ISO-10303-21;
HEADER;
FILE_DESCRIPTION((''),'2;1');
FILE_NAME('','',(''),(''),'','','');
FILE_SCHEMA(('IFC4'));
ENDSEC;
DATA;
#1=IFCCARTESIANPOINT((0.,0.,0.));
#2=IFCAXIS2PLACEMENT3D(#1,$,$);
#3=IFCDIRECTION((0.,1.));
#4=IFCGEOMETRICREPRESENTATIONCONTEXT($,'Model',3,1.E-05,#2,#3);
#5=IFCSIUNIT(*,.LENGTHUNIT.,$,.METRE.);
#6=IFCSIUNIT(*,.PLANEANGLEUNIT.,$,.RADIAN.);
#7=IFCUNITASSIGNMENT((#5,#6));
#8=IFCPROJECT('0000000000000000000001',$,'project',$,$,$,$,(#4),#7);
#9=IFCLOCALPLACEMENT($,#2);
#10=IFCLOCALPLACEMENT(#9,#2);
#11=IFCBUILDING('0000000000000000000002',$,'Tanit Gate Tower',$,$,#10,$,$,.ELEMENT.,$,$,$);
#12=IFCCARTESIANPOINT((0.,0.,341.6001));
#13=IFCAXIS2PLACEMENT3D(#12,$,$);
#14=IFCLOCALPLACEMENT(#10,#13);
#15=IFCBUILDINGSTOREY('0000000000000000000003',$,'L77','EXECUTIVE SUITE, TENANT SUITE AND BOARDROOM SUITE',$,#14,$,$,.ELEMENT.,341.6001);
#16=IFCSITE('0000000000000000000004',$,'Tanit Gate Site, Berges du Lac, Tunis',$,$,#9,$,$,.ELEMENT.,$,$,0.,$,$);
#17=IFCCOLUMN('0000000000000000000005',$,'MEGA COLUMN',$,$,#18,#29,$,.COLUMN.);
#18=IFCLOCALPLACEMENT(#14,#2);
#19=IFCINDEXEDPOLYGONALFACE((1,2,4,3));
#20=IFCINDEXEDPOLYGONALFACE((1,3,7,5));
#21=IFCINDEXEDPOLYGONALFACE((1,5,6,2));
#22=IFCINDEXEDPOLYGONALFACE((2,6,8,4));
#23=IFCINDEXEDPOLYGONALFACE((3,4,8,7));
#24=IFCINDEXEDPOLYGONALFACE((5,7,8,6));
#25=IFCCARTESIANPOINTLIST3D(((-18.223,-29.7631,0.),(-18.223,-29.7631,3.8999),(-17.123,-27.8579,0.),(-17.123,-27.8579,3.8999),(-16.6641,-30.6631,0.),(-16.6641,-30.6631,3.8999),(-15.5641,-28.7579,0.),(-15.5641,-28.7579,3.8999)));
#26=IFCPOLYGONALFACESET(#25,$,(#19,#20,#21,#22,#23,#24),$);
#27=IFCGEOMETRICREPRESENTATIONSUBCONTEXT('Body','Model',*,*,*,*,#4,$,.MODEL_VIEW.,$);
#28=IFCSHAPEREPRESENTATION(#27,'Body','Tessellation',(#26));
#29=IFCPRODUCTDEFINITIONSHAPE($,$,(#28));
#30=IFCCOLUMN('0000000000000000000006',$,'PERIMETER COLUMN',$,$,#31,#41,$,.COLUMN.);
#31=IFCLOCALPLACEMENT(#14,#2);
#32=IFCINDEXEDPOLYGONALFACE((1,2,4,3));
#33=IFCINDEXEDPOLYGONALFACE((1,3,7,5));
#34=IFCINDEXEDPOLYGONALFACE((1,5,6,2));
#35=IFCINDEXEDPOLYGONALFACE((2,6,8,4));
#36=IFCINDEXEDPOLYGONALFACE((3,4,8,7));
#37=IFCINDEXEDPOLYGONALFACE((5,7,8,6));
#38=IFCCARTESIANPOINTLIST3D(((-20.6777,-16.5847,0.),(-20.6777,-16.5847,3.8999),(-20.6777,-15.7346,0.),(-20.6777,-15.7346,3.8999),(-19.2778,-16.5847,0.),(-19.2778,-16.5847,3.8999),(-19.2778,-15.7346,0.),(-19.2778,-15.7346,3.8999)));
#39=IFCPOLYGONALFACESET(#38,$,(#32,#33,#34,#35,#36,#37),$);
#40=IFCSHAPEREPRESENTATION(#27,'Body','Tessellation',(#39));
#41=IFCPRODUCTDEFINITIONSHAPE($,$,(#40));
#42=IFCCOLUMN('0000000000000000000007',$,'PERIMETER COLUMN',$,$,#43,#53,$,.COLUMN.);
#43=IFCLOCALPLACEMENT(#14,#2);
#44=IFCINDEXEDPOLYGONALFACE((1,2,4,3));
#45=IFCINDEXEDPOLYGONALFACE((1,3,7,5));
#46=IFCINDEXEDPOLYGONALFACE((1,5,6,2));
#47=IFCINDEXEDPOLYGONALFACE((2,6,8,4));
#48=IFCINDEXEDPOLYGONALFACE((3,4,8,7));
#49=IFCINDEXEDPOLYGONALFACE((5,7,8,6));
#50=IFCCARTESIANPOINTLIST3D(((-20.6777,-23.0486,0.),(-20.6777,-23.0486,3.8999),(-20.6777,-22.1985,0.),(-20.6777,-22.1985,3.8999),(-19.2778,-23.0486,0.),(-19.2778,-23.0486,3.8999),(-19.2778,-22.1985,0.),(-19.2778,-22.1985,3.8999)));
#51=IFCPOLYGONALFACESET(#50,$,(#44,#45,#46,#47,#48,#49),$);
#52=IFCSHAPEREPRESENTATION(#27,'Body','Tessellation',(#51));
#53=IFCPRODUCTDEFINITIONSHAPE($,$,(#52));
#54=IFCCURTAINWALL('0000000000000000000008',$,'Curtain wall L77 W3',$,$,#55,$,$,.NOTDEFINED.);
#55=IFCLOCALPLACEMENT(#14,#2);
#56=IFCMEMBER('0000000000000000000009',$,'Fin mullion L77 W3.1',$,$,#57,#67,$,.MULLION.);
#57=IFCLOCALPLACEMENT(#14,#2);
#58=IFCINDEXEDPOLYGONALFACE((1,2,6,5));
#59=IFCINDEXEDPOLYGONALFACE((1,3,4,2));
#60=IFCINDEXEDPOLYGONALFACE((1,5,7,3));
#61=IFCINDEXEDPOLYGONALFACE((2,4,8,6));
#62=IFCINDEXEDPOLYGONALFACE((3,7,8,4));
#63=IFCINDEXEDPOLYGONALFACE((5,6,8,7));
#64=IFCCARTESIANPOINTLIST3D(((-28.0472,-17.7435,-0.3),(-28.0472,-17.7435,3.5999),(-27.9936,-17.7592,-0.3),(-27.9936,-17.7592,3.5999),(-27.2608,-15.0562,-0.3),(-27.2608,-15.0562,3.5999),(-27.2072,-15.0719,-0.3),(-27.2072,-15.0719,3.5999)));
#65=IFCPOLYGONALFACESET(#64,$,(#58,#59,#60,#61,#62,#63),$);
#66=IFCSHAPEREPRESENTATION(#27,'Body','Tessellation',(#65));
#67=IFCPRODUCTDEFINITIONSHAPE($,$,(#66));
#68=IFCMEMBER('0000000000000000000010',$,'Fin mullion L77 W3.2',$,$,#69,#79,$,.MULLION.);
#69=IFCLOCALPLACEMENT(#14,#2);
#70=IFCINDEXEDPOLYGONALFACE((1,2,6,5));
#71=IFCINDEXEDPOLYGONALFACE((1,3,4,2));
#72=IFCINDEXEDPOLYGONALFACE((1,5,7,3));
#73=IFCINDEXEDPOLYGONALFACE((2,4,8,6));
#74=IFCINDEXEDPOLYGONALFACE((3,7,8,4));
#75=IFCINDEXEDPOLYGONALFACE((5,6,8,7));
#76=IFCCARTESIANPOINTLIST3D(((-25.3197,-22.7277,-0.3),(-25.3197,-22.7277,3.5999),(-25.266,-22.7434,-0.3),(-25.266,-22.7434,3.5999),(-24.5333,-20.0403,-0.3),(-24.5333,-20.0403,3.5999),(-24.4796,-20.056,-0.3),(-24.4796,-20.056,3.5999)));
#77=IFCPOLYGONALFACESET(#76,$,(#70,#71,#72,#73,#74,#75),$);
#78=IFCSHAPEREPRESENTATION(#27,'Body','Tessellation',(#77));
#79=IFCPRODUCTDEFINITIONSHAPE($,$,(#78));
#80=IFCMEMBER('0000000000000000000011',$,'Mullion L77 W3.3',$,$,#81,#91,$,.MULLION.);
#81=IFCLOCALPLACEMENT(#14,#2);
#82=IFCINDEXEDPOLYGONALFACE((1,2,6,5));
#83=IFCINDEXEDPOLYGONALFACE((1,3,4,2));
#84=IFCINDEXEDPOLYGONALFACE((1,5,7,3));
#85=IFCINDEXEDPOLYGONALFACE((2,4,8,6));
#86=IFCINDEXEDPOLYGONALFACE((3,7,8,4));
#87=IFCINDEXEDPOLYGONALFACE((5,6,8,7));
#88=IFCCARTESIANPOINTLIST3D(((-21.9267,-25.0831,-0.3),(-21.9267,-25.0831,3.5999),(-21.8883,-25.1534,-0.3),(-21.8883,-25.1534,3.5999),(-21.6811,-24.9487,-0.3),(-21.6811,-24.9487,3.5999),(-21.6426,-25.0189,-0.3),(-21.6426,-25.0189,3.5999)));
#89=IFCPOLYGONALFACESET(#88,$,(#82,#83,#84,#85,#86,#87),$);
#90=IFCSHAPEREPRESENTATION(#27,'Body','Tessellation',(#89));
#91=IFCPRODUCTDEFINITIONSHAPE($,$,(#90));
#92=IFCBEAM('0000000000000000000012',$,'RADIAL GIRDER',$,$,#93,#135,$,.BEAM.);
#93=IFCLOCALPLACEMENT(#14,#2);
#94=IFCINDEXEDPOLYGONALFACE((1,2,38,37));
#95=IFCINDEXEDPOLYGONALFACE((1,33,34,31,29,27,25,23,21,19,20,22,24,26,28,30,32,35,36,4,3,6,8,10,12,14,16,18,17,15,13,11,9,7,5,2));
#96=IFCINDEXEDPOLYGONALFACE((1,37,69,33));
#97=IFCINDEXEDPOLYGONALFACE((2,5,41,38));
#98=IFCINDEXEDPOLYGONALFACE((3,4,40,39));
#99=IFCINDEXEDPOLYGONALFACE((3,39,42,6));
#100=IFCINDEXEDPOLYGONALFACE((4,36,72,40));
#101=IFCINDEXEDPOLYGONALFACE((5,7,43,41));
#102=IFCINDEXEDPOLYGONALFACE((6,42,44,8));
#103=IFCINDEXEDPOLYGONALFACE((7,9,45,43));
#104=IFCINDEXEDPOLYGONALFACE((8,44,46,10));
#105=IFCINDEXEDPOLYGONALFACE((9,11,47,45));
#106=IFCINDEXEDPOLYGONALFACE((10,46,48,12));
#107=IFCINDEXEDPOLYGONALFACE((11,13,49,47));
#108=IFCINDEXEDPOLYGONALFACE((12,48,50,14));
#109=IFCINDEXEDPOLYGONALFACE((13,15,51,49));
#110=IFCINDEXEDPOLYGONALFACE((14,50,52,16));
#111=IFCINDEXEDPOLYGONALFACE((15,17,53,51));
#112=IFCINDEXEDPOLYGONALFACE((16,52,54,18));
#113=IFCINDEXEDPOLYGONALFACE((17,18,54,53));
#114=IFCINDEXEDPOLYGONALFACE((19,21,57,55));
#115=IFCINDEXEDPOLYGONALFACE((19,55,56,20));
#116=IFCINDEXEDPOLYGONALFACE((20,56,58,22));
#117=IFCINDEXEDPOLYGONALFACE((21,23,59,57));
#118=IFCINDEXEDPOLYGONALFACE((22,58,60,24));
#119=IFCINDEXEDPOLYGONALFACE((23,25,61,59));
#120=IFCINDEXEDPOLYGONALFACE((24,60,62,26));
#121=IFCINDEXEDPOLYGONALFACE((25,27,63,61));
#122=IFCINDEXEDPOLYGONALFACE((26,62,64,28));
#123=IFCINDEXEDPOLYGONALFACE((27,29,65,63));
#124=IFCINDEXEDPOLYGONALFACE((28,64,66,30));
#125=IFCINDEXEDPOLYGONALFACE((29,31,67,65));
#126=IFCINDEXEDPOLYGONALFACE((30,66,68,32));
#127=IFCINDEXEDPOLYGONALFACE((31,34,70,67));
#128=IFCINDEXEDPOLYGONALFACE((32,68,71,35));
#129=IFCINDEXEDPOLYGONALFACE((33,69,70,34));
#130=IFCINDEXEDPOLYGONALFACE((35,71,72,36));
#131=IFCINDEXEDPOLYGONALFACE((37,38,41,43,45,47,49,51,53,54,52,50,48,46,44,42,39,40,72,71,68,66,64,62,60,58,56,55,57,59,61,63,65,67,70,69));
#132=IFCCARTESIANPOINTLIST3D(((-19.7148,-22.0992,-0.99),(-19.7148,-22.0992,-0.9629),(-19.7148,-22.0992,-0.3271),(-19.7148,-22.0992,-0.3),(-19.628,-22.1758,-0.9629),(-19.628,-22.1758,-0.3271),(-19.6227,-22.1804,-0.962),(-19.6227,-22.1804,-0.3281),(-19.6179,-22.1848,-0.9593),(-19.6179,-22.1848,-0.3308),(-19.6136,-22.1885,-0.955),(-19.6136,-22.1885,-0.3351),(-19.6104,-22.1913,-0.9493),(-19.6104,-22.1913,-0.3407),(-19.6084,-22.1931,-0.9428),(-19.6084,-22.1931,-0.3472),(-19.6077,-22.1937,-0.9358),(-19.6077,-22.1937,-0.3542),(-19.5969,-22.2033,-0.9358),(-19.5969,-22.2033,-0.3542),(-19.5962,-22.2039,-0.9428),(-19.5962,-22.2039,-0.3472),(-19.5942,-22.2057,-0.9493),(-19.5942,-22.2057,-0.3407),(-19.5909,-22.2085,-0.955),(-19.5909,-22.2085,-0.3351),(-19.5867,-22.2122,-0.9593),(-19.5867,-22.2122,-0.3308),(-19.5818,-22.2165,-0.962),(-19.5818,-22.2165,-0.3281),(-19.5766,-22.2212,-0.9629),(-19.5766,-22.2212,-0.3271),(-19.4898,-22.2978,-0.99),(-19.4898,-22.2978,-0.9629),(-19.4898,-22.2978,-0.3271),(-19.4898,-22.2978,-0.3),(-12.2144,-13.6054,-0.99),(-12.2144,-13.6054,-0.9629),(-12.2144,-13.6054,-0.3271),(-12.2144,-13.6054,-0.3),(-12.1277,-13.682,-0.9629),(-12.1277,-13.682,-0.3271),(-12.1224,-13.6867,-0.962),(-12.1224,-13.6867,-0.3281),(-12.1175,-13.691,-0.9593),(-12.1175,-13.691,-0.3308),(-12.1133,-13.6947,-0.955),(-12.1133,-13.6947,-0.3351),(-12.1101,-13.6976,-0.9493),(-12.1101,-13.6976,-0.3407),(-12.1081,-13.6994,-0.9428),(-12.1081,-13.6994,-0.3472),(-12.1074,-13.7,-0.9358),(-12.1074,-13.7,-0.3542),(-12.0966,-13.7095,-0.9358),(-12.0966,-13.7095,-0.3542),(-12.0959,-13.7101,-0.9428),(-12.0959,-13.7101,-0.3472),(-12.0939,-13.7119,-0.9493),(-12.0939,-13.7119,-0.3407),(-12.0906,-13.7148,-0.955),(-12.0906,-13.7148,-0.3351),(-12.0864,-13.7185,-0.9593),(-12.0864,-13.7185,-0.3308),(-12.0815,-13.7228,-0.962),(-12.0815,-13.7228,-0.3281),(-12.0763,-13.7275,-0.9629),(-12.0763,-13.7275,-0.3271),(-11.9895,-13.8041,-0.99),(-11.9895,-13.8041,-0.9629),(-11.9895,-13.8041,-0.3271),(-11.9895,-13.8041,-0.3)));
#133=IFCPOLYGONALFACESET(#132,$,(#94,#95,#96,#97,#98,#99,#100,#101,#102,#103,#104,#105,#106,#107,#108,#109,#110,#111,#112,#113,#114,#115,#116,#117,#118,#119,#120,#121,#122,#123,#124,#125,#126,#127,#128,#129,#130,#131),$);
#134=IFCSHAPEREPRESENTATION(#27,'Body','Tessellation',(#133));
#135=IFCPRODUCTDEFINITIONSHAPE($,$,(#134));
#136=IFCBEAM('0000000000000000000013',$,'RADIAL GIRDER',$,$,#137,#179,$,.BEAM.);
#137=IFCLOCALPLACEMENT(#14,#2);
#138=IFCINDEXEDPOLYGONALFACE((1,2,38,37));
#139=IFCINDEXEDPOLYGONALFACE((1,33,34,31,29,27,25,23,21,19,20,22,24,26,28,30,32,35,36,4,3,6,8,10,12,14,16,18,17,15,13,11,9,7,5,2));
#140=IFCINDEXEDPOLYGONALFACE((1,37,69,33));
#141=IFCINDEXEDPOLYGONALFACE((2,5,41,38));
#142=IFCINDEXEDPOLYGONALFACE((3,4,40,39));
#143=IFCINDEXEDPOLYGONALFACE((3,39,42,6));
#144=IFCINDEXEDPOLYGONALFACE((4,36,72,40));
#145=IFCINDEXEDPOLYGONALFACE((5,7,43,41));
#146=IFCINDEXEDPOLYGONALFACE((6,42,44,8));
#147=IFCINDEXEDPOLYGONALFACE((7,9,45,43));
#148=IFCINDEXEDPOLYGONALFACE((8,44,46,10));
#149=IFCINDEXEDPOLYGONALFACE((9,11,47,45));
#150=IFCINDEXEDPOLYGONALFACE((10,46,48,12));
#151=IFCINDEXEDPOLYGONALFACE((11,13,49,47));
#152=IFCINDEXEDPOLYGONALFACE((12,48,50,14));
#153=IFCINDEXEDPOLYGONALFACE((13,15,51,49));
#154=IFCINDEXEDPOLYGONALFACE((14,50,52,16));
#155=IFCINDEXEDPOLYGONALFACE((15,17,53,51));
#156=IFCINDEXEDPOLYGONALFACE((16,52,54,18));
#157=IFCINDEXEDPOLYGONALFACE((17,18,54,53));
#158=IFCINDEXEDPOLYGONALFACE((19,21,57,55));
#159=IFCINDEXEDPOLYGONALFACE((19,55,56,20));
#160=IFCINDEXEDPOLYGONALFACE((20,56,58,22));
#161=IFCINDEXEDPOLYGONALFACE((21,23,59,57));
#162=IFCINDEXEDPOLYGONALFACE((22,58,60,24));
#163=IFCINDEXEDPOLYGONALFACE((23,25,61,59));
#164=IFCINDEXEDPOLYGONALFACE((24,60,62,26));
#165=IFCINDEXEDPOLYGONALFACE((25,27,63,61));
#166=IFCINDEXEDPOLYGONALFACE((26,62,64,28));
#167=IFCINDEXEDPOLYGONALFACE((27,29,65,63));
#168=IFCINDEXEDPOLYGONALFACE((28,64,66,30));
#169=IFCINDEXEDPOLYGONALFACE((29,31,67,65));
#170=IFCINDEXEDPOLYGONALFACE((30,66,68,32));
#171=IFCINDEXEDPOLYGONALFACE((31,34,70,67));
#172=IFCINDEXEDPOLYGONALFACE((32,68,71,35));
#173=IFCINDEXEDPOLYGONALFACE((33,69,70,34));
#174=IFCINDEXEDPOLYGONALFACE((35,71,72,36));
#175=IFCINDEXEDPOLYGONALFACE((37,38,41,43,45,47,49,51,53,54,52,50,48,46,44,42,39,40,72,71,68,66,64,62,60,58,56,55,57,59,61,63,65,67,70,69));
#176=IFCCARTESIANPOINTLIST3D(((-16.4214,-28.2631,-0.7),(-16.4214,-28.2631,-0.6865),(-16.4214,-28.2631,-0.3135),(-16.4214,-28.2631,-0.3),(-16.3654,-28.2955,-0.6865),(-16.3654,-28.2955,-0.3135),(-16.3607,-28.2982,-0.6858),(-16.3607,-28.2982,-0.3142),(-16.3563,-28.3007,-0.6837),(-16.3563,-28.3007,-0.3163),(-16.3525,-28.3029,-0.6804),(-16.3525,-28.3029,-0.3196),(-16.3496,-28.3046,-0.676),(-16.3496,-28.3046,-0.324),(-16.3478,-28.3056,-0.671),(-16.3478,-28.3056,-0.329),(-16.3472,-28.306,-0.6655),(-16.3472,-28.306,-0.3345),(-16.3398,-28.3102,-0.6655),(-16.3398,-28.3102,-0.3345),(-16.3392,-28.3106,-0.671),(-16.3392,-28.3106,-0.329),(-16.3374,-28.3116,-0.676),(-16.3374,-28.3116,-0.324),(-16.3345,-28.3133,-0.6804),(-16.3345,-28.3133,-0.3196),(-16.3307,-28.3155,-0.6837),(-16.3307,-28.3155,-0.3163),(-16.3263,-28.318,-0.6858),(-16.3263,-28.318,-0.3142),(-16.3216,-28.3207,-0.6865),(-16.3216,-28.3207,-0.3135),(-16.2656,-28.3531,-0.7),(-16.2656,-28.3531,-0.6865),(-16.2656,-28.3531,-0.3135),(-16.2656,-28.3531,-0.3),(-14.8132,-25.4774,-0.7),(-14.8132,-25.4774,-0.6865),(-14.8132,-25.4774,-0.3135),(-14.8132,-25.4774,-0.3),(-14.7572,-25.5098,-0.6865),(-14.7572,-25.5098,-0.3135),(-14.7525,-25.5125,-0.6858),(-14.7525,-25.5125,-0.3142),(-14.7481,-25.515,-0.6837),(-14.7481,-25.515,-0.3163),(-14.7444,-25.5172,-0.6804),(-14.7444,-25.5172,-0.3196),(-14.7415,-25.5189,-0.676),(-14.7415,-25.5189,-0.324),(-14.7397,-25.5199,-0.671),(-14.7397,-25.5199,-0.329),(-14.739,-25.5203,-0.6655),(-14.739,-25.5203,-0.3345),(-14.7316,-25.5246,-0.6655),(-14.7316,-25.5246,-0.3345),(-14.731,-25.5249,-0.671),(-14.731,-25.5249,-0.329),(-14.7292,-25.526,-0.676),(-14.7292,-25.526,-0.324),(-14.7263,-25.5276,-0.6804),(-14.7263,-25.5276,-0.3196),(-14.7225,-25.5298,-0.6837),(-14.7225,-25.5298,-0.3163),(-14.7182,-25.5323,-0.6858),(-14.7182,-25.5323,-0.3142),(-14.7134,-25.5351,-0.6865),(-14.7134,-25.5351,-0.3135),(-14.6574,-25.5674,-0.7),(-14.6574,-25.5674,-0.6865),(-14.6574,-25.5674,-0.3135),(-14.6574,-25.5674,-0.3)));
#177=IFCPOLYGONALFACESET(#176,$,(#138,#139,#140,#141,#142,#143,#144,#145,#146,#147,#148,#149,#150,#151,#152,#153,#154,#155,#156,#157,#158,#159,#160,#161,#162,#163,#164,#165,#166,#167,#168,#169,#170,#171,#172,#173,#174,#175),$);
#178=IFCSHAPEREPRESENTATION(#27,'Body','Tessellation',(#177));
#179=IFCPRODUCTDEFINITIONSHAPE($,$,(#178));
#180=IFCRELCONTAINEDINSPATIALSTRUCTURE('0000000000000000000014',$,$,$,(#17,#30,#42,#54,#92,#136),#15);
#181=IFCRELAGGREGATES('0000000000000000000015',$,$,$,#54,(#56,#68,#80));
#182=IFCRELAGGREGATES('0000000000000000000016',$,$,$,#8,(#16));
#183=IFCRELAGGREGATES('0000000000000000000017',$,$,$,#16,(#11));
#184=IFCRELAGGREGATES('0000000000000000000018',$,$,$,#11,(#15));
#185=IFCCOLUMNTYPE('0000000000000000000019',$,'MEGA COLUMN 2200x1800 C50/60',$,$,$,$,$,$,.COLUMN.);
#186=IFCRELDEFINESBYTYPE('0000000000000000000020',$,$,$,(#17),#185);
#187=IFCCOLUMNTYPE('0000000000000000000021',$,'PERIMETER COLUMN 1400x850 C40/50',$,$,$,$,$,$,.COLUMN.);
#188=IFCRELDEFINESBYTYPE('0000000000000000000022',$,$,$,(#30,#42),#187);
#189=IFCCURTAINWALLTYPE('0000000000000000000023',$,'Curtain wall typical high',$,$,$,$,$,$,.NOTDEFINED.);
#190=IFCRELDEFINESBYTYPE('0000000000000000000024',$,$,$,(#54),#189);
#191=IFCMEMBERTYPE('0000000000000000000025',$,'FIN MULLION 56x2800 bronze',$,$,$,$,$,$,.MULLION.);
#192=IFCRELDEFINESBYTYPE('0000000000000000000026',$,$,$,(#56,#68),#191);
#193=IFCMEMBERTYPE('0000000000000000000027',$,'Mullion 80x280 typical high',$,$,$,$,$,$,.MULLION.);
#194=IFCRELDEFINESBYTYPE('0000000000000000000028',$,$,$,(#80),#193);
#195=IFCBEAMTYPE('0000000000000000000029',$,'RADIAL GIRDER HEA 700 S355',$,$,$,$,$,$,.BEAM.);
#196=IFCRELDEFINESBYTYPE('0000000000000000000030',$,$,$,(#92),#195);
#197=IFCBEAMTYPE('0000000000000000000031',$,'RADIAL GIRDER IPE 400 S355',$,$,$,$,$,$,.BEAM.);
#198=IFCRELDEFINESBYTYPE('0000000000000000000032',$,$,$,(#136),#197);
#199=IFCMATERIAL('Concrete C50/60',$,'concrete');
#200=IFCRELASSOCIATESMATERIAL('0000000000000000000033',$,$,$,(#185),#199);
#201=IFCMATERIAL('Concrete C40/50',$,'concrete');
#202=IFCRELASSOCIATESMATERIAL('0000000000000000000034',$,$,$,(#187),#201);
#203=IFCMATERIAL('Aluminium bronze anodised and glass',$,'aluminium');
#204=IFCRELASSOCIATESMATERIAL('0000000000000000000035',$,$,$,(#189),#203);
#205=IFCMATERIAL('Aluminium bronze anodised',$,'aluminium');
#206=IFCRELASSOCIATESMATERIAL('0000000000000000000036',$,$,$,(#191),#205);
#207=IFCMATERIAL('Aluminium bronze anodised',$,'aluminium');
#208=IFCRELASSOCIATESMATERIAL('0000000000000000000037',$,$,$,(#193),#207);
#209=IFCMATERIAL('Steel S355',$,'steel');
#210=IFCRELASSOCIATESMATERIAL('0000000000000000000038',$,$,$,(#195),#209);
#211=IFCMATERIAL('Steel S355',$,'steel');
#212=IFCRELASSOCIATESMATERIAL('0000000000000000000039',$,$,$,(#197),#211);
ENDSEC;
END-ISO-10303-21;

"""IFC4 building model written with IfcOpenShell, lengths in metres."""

from ifc_helpers import new_model, si_unit, direction, frame, origin, origin_2d, place, context, subcontext, project, spatial, rectangle, i_section, extrude, material, material_profile, profile_set, type_object, element, aggregate, save


model = new_model("IFC4")

# Units and contexts
model_context = context("Model", 3, precision=1e-05, world=origin(), true_north=direction((0.0, 1.0)))
body_context = subcontext(model_context, "Body", "Model", "MODEL_VIEW")
ifc_project = project(units=[si_unit("LENGTHUNIT", "METRE"), si_unit("PLANEANGLEUNIT", "RADIAN")], contexts=[model_context])

# Site, building, storey
site_placement = place(None, origin())
site = spatial("IfcSite", under=ifc_project, at=site_placement, Name="Tanit Gate Site, Berges du Lac, Tunis", CompositionType="ELEMENT", RefElevation=0.0)
building_placement = place(site_placement, origin())
building = spatial("IfcBuilding", under=site, at=building_placement, Name="Tanit Gate Tower", CompositionType="ELEMENT")
storey_placement = place(building_placement, frame((0.0, 0.0, 341.6001)))
storey = spatial("IfcBuildingStorey", under=building, at=storey_placement, Name="L77", Description="EXECUTIVE SUITE, TENANT SUITE AND BOARDROOM SUITE", CompositionType="ELEMENT", Elevation=341.6001)

# Columns
ifc_material_1 = material(Name="Concrete C50/60", Category="concrete")
ifc_material_profile_1 = material_profile(ifc_material_1, rectangle(XDim=2.2, YDim=1.8, at=origin_2d()), Name="RC 2200x1800")
ifc_profile_set_1 = profile_set([ifc_material_profile_1], Name="Concrete C50/60")
column_type_1 = type_object("IfcColumnType", Name="MEGA COLUMN 2200x1800 C50/60", PredefinedType="COLUMN", material=ifc_profile_set_1)
column_placement = place(storey_placement, frame((-16.8936, -29.2605, 0.0), z_axis=(0.0, 0.0, 1.0), x_axis=(-0.5, -0.866025, 0.0)))
element("IfcColumn", 1, at=column_placement, inside=storey, type_object=column_type_1, Name="MEGA COLUMN", PredefinedType="COLUMN", context=body_context, shape_type="SweptSolid", body=[
    extrude(rectangle(XDim=2.2, YDim=1.8, at=origin_2d()), origin(), (0.0, 0.0, 1.0), 3.8999),
])
ifc_material_2 = material(Name="Concrete C40/50", Category="concrete")
ifc_material_profile_2 = material_profile(ifc_material_2, rectangle(XDim=1.3999, YDim=0.8501, at=origin_2d()), Name="RC 1400x850")
ifc_profile_set_2 = profile_set([ifc_material_profile_2], Name="Concrete C40/50")
column_type_2 = type_object("IfcColumnType", Name="PERIMETER COLUMN 1400x850 C40/50", PredefinedType="COLUMN", material=ifc_profile_set_2)
for number, where, z_axis, x_axis, name in (
    (2, (-19.9778, -16.1597, 0.0), (0.0, 0.0, 1.0), (-1.0, 0.0, 0.0), "PERIMETER COLUMN"),
    (3, (-19.9778, -22.6235, 0.0), (0.0, 0.0, 1.0), (-1.0, 0.0, 0.0), "PERIMETER COLUMN"),
):
    element("IfcColumn", number, at=place(storey_placement, frame(where, z_axis=z_axis, x_axis=x_axis)), inside=storey, type_object=column_type_2, Name=name, PredefinedType="COLUMN", context=body_context, shape_type="SweptSolid", body=[
        extrude(rectangle(XDim=1.3999, YDim=0.8501, at=origin_2d()), origin(), (0.0, 0.0, 1.0), 3.8999),
    ])

# Curtain wall, members
ifc_material_3 = material(Name="Aluminium bronze anodised and glass", Category="aluminium")
curtain_wall_type = type_object("IfcCurtainWallType", Name="Curtain wall typical high", PredefinedType="NOTDEFINED", material=ifc_material_3)
curtain_wall_placement = place(storey_placement, origin())
curtain_wall = element("IfcCurtainWall", 4, at=curtain_wall_placement, inside=storey, type_object=curtain_wall_type, Name="Curtain wall L77 W3", PredefinedType="NOTDEFINED")
ifc_material_4 = material(Name="Aluminium bronze anodised", Category="aluminium")
ifc_material_profile_3 = material_profile(ifc_material_4, rectangle(XDim=2.8, YDim=0.0559, at=origin_2d()), Name="56x2800 bronze fin mullion")
ifc_profile_set_3 = profile_set([ifc_material_profile_3], Name="Aluminium bronze anodised")
member_type_1 = type_object("IfcMemberType", Name="FIN MULLION 56x2800 bronze", PredefinedType="MULLION", material=ifc_profile_set_3)
member_1_placement = place(storey_placement, frame((-27.6272, -16.4077, -0.3), z_axis=(0.0, 0.0, 1.0), x_axis=(0.280852, 0.959751, 0.0)))
member_1 = element("IfcMember", 5, at=member_1_placement, type_object=member_type_1, Name="Fin mullion L77 W3.1", PredefinedType="MULLION", context=body_context, shape_type="SweptSolid", body=[
    extrude(rectangle(XDim=2.8, YDim=0.0559, at=origin_2d()), origin(), (0.0, 0.0, 1.0), 3.8999),
])
member_2_placement = place(storey_placement, frame((-24.8997, -21.3918, -0.3), z_axis=(0.0, 0.0, 1.0), x_axis=(0.280852, 0.959751, 0.0)))
member_2 = element("IfcMember", 6, at=member_2_placement, type_object=member_type_1, Name="Fin mullion L77 W3.2", PredefinedType="MULLION", context=body_context, shape_type="SweptSolid", body=[
    extrude(rectangle(XDim=2.8, YDim=0.0559, at=origin_2d()), origin(), (0.0, 0.0, 1.0), 3.8999),
])
ifc_material_5 = material(Name="Aluminium bronze anodised", Category="aluminium")
ifc_material_profile_4 = material_profile(ifc_material_5, rectangle(XDim=0.28, YDim=0.0801, at=origin_2d()), Name="80x280 bronze mullion")
ifc_profile_set_4 = profile_set([ifc_material_profile_4], Name="Aluminium bronze anodised")
member_type_2 = type_object("IfcMemberType", Name="Mullion 80x280 typical high", PredefinedType="MULLION", material=ifc_profile_set_4)
member_3_placement = place(storey_placement, frame((-21.7847, -25.051, -0.3), z_axis=(0.0, 0.0, 1.0), x_axis=(0.877239, 0.480055, 0.0)))
member_3 = element("IfcMember", 7, at=member_3_placement, type_object=member_type_2, Name="Mullion L77 W3.3", PredefinedType="MULLION", context=body_context, shape_type="SweptSolid", body=[
    extrude(rectangle(XDim=0.28, YDim=0.0801, at=origin_2d()), origin(), (0.0, 0.0, 1.0), 3.8999),
])

# Beams
ifc_material_6 = material(Name="Steel S355", Category="steel")
ifc_material_profile_5 = material_profile(ifc_material_6, i_section(OverallWidth=0.3, OverallDepth=0.6899, WebThickness=0.0144, FlangeThickness=0.0271, FilletRadius=0.0271, at=origin_2d()), Name="HEA 700")
ifc_profile_set_5 = profile_set([ifc_material_profile_5], Name="Steel S355")
beam_type_1 = type_object("IfcBeamType", Name="RADIAL GIRDER HEA 700 S355", PredefinedType="BEAM", material=ifc_profile_set_5)
beam_1_placement = place(storey_placement, frame((-19.6023, -22.1985, -0.645), z_axis=(0.661912, 0.749582, 0.0), x_axis=(-0.749582, 0.661912, 0.0)))
element("IfcBeam", 8, at=beam_1_placement, inside=storey, type_object=beam_type_1, Name="RADIAL GIRDER", PredefinedType="BEAM", context=body_context, shape_type="SweptSolid", body=[
    extrude(i_section(OverallWidth=0.3, OverallDepth=0.6899, WebThickness=0.0144, FlangeThickness=0.0271, FilletRadius=0.0271, at=origin_2d()), origin(), (0.0, 0.0, 1.0), 11.3313),
])
ifc_material_7 = material(Name="Steel S355", Category="steel")
ifc_material_profile_6 = material_profile(ifc_material_7, i_section(OverallWidth=0.1799, OverallDepth=0.3999, WebThickness=0.0085, FlangeThickness=0.0134, FilletRadius=0.021, at=origin_2d()), Name="IPE 400")
ifc_profile_set_6 = profile_set([ifc_material_profile_6], Name="Steel S355")
beam_type_2 = type_object("IfcBeamType", Name="RADIAL GIRDER IPE 400 S355", PredefinedType="BEAM", material=ifc_profile_set_6)
beam_2_placement = place(storey_placement, frame((-16.3435, -28.3081, -0.5), z_axis=(0.499968, 0.866044, 0.0), x_axis=(-0.866044, 0.499968, 0.0)))
element("IfcBeam", 9, at=beam_2_placement, inside=storey, type_object=beam_type_2, Name="RADIAL GIRDER", PredefinedType="BEAM", context=body_context, shape_type="SweptSolid", body=[
    extrude(i_section(OverallWidth=0.1799, OverallDepth=0.3999, WebThickness=0.0085, FlangeThickness=0.0134, FilletRadius=0.021, at=origin_2d()), origin(), (0.0, 0.0, 1.0), 3.2166),
])

aggregate(curtain_wall, [member_1, member_2, member_3])

save(model, "model.ifc")
